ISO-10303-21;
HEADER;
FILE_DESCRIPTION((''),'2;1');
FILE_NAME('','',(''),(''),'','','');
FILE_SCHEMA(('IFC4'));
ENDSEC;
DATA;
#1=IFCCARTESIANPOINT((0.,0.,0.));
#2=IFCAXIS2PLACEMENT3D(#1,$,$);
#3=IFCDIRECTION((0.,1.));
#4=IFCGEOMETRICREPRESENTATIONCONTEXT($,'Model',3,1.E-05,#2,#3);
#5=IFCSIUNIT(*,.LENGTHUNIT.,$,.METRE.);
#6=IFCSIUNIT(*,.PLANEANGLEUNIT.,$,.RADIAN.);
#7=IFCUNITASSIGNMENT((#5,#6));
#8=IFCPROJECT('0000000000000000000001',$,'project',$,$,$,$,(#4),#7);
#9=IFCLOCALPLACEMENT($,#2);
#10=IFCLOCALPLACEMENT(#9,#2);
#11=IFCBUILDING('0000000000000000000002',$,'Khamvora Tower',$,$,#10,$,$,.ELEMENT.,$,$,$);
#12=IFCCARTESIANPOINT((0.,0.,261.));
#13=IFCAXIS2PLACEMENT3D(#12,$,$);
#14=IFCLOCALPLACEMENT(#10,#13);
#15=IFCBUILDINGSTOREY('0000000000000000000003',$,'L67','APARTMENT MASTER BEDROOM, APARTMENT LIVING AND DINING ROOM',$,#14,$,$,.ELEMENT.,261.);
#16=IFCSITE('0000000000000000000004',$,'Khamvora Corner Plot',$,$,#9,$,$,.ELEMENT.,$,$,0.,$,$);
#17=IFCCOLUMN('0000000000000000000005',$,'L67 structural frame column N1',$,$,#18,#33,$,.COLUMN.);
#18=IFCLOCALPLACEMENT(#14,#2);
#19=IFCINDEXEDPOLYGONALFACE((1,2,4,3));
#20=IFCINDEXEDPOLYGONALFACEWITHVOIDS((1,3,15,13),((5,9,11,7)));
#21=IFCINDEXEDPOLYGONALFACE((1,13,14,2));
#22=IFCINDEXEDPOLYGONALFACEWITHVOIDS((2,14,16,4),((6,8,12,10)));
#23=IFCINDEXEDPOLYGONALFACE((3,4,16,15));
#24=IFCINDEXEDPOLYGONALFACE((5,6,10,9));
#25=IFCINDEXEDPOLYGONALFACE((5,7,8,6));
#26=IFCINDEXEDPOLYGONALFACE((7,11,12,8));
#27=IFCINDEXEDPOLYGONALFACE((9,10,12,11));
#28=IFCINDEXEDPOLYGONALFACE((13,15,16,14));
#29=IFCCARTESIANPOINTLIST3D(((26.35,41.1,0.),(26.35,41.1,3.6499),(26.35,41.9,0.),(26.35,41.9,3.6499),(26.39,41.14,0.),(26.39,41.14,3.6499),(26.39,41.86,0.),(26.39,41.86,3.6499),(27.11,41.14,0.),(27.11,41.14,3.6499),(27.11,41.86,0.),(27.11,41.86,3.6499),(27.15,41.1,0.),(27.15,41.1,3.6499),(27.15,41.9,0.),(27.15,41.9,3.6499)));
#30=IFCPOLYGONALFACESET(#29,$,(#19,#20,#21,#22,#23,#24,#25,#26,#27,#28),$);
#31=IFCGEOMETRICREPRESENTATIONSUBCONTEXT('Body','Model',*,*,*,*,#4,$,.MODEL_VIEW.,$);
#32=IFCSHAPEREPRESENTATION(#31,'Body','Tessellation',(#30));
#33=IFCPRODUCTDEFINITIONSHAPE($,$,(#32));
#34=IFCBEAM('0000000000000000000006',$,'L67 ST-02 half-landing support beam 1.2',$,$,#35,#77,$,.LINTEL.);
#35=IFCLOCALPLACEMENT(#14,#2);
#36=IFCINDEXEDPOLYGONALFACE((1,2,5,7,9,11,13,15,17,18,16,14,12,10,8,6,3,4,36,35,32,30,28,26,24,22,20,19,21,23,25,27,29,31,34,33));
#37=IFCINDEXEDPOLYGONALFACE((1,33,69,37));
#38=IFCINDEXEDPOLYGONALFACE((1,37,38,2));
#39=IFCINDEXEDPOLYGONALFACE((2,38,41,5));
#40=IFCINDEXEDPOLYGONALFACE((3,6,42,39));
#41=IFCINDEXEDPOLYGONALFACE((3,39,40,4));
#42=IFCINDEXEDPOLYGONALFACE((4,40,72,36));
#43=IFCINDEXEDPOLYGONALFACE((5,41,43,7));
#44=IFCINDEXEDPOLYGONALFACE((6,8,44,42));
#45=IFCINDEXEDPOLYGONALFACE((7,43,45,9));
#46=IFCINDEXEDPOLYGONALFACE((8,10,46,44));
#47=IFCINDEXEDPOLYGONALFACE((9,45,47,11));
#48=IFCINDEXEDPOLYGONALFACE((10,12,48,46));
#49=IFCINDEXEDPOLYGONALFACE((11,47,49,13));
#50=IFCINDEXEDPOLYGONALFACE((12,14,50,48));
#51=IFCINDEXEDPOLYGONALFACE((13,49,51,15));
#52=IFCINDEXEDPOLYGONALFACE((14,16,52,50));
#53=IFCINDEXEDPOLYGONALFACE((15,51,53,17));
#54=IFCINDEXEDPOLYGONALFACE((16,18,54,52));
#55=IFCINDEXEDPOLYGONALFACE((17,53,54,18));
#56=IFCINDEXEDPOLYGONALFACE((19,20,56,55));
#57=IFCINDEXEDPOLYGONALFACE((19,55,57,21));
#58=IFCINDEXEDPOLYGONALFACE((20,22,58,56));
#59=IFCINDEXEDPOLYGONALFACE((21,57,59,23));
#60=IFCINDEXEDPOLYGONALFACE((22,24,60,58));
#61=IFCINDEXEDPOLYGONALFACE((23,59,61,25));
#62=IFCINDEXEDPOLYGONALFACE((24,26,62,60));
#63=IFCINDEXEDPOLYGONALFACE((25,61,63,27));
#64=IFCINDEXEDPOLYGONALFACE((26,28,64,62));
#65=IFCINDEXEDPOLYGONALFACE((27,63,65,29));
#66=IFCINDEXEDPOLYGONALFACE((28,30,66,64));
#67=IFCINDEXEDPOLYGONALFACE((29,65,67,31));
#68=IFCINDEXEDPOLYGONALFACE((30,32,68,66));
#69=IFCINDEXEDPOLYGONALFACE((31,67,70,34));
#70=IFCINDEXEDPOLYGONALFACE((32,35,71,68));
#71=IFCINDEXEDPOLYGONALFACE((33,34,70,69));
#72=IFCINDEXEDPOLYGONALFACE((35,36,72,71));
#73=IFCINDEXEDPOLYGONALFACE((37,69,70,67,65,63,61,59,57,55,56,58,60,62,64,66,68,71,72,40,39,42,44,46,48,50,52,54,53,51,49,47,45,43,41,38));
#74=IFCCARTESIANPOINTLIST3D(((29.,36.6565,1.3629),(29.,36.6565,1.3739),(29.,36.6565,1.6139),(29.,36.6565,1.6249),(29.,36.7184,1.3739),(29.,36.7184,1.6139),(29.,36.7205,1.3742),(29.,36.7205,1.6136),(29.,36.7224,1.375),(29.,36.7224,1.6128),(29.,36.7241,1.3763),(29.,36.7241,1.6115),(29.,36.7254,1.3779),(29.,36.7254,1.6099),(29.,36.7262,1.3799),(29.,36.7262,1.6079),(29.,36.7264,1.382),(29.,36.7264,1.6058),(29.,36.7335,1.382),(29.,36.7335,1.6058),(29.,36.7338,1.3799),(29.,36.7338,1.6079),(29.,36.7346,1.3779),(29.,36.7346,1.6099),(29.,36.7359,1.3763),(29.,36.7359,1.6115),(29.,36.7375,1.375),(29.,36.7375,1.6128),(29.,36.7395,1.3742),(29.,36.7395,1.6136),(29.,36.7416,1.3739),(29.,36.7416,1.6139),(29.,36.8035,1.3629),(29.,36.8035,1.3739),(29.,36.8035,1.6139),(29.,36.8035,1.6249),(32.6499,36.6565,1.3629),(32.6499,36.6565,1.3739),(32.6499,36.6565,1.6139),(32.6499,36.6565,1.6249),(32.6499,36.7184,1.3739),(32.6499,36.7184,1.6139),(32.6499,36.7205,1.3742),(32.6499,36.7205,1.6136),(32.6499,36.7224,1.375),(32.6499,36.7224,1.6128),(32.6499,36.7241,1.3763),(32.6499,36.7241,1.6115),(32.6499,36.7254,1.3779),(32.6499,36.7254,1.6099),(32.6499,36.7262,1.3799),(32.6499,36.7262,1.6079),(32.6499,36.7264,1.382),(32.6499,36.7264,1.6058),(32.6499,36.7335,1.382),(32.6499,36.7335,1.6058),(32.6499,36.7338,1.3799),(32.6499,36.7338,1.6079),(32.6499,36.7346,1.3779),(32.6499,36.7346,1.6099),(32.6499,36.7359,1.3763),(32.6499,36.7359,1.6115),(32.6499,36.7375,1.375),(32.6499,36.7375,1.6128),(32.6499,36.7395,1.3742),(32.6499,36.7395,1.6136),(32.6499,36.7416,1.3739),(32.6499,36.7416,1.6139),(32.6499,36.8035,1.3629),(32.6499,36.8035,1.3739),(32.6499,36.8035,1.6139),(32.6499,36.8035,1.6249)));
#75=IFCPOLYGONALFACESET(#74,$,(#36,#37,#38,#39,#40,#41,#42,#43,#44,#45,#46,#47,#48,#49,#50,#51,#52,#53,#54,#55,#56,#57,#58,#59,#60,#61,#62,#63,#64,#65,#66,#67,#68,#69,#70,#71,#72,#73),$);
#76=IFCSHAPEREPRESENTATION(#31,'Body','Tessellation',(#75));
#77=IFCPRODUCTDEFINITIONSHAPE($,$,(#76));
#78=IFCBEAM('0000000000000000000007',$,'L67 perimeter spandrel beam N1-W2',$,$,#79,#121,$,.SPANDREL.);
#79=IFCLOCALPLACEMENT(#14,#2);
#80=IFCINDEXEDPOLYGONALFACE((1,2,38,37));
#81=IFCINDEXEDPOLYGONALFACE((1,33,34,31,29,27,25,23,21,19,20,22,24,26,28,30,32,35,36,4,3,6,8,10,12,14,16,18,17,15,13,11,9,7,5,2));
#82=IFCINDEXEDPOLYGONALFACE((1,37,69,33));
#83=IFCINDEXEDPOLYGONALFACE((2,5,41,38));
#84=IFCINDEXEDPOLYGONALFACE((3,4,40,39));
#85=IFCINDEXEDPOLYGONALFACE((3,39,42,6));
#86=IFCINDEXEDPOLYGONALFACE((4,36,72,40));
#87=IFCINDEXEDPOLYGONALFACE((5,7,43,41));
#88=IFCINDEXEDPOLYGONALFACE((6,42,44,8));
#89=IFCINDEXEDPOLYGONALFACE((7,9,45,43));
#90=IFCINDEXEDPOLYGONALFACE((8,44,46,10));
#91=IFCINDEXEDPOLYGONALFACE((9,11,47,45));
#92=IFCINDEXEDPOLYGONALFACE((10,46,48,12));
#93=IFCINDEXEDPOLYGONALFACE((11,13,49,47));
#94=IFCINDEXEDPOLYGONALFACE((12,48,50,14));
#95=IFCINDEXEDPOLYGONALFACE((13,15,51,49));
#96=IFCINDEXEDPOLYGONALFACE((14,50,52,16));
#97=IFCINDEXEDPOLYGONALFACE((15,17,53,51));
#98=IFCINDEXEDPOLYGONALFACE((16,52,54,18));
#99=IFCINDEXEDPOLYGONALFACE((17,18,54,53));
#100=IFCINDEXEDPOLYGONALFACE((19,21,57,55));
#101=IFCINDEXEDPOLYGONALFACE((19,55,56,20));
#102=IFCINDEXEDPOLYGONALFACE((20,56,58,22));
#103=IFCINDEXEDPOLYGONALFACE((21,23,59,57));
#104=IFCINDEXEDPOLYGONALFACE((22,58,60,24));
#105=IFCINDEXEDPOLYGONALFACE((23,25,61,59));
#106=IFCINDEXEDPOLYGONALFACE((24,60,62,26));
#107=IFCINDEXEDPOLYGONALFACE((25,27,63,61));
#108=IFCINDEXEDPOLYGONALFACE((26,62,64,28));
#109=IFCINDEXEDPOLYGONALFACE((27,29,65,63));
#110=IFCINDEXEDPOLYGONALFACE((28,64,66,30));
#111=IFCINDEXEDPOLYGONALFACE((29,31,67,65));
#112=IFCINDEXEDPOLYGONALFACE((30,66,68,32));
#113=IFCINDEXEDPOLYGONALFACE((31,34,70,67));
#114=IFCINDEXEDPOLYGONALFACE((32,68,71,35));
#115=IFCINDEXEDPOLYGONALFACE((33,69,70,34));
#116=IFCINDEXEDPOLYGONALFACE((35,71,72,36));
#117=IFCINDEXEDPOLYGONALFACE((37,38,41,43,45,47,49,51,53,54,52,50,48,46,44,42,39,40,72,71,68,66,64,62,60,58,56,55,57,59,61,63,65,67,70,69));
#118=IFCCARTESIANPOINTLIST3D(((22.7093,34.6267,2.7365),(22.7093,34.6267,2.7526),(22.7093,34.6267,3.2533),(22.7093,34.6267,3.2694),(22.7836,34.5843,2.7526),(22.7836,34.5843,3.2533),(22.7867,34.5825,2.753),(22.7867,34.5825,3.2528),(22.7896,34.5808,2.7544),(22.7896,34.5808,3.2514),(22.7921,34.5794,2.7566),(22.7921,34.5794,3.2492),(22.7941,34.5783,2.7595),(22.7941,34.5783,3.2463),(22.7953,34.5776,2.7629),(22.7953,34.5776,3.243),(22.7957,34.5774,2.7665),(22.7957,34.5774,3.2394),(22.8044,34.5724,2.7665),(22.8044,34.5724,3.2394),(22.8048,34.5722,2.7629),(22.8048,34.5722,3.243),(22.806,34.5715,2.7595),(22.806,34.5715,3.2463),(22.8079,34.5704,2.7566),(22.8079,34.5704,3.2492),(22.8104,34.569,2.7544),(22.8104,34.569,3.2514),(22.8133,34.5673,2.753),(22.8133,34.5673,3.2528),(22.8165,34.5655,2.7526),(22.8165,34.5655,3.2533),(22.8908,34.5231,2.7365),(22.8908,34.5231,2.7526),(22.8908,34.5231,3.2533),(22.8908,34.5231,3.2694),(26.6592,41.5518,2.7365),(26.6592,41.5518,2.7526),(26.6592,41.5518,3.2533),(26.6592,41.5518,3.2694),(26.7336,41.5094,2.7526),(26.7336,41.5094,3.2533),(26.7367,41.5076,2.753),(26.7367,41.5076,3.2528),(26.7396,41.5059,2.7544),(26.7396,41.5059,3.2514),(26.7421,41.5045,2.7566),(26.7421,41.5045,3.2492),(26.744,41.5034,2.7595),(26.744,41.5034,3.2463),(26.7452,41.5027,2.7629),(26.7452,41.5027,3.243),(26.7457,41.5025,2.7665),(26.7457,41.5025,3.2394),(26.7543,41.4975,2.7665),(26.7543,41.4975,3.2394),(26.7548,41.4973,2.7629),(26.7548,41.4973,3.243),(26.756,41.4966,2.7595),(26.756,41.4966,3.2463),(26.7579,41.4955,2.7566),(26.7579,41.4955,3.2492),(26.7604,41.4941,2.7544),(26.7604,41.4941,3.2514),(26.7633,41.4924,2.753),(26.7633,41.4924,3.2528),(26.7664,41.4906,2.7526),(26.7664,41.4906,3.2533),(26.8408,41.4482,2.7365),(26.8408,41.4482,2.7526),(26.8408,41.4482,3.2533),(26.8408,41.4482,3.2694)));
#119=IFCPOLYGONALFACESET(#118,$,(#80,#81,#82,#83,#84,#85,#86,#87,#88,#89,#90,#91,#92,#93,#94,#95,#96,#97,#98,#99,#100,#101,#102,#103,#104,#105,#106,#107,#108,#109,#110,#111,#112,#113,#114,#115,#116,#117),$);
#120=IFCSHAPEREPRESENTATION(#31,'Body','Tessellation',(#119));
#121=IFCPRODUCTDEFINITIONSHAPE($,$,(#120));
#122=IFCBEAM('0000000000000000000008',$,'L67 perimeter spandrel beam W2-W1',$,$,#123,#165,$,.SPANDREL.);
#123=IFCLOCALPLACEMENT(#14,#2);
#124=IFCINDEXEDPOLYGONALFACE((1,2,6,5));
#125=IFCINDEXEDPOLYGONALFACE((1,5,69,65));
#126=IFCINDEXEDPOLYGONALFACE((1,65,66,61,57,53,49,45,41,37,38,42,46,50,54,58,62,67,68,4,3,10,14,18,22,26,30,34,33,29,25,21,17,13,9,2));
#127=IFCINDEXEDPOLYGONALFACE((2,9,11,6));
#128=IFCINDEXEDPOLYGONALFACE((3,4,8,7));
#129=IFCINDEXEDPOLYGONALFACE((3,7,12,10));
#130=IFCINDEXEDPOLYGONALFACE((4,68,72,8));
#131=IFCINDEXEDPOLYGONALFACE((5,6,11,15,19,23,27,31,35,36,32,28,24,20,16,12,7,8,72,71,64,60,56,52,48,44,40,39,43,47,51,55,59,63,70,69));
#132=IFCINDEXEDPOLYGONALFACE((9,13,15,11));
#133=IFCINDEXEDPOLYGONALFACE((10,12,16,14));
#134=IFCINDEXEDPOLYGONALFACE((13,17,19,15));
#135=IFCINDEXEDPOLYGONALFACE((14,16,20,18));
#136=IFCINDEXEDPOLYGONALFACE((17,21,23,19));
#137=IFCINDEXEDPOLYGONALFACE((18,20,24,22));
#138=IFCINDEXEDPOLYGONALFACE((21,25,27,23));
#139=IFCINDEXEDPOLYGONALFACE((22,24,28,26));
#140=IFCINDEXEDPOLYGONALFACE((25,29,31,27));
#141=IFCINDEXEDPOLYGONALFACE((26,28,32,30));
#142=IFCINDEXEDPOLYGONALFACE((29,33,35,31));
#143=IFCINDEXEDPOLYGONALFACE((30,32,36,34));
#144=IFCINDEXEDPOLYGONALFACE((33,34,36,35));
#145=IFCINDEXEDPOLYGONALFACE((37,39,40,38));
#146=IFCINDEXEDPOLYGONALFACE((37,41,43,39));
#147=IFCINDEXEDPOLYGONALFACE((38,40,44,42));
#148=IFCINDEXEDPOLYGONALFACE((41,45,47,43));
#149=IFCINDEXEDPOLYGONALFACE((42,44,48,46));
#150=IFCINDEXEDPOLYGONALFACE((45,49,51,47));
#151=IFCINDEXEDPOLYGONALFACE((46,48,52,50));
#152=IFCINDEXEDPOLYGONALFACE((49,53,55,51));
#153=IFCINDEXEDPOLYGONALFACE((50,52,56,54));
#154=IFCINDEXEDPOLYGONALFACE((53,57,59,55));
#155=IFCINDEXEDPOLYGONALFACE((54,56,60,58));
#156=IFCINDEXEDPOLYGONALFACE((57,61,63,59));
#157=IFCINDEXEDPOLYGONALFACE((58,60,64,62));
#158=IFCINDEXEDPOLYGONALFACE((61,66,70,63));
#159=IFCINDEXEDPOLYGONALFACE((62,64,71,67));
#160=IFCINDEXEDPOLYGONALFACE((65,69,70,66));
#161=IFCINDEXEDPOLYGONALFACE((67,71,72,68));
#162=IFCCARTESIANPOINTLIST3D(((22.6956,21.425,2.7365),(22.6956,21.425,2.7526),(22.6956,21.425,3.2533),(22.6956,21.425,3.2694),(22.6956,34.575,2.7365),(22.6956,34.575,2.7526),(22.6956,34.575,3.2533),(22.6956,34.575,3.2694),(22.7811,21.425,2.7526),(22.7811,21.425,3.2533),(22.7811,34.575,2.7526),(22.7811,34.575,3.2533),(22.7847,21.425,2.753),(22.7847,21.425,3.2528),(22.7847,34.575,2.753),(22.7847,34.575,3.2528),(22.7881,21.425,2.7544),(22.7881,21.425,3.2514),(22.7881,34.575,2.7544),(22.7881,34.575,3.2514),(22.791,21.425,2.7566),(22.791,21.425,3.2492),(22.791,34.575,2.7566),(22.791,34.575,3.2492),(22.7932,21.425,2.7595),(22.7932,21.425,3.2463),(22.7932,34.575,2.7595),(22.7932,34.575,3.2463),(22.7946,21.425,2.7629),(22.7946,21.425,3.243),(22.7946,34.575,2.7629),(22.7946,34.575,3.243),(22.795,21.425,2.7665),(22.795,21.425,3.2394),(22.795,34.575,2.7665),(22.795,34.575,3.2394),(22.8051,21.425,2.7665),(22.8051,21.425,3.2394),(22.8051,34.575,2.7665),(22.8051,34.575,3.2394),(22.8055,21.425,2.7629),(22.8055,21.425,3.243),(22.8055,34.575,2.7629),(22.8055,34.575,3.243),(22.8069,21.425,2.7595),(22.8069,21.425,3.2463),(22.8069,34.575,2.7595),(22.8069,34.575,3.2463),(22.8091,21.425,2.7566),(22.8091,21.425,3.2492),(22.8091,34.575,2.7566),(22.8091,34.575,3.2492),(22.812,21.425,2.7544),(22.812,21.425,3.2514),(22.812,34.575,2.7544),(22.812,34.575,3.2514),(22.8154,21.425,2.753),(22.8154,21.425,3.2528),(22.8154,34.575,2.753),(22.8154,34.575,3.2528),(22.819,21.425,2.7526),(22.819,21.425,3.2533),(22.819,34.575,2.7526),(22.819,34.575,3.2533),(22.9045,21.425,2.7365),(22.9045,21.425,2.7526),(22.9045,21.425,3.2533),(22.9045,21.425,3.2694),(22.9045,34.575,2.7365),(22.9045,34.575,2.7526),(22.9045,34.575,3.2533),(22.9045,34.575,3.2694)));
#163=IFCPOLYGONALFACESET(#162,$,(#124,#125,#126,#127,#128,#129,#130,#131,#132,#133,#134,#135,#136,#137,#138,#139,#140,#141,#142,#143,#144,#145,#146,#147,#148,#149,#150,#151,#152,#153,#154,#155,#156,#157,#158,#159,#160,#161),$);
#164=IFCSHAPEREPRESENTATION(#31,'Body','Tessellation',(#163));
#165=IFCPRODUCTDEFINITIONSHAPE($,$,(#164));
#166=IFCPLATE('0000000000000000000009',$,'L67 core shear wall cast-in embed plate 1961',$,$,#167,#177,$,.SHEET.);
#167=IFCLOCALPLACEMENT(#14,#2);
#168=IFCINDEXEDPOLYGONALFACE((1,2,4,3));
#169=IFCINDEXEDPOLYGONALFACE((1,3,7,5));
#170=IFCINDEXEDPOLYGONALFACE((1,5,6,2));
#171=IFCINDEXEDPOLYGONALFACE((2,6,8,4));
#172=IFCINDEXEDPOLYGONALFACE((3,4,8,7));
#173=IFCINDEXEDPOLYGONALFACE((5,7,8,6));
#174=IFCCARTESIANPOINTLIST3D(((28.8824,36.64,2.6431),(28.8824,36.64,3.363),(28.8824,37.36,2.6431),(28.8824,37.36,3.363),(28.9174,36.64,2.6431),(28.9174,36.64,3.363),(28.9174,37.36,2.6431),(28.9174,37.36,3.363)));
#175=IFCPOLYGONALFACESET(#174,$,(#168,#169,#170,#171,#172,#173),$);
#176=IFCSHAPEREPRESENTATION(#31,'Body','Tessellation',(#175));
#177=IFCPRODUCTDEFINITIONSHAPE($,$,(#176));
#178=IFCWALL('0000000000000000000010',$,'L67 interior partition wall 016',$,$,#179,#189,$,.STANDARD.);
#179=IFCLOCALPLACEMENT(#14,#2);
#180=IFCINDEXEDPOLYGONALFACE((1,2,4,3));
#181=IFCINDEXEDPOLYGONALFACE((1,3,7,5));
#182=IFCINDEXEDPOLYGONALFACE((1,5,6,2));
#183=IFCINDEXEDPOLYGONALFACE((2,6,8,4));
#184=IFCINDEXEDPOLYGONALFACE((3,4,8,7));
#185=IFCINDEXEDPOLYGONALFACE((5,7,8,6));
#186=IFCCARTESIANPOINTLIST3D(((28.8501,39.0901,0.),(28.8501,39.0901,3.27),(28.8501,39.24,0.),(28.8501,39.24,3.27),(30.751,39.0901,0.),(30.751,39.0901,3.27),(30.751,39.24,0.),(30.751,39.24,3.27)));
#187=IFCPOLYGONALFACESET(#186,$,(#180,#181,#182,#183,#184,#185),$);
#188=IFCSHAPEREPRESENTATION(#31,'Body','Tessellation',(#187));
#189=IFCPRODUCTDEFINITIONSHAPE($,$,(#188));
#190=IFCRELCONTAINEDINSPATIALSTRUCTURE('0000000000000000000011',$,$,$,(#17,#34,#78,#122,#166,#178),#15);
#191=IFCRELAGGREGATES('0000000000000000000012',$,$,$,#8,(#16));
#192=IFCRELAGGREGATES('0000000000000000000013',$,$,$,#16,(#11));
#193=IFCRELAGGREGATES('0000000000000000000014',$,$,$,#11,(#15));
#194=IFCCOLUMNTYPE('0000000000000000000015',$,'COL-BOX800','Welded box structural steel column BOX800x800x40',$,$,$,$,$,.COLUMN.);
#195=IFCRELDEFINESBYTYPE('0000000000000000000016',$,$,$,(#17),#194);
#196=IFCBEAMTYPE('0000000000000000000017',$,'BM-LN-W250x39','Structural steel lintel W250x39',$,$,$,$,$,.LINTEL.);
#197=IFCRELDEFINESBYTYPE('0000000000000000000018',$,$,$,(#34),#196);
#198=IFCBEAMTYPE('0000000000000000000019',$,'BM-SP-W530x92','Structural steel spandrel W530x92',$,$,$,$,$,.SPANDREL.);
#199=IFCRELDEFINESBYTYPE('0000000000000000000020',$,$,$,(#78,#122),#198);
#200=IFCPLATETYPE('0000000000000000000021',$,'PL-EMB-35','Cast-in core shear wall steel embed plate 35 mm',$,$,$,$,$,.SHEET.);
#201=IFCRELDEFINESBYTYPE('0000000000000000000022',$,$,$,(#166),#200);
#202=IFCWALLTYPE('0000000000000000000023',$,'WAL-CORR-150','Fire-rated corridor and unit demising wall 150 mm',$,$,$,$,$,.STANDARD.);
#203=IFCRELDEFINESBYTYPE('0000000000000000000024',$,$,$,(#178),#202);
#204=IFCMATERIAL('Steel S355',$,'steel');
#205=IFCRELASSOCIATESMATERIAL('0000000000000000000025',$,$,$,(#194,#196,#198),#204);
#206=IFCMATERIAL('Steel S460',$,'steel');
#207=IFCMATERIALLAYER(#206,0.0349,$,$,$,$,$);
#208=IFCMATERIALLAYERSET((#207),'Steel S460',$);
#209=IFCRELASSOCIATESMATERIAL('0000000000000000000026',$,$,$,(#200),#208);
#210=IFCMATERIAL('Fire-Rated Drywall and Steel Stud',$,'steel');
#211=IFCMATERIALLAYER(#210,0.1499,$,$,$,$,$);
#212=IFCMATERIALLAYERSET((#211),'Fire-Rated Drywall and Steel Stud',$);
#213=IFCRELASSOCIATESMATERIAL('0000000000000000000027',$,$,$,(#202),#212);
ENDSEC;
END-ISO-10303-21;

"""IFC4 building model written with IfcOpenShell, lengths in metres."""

from ifc_helpers import new_model, si_unit, direction, frame, frame_2d, origin, origin_2d, place, context, subcontext, project, spatial, rectangle, hollow_rectangle, i_section, extrude, material, layer, layer_set, material_profile, profile_set, type_object, element, save


model = new_model("IFC4")

# Units and contexts
model_context = context("Model", 3, precision=1e-05, world=origin(), true_north=direction((0.0, 1.0)))
body_context = subcontext(model_context, "Body", "Model", "MODEL_VIEW")
ifc_project = project(units=[si_unit("LENGTHUNIT", "METRE"), si_unit("PLANEANGLEUNIT", "RADIAN")], contexts=[model_context])

# Site, building, storey
site_placement = place(None, origin())
site = spatial("IfcSite", under=ifc_project, at=site_placement, Name="Khamvora Corner Plot", CompositionType="ELEMENT", RefElevation=0.0)
building_placement = place(site_placement, origin())
building = spatial("IfcBuilding", under=site, at=building_placement, Name="Khamvora Tower", CompositionType="ELEMENT")
storey_placement = place(building_placement, frame((0.0, 0.0, 261.0)))
storey = spatial("IfcBuildingStorey", under=building, at=storey_placement, Name="L67", Description="APARTMENT MASTER BEDROOM, APARTMENT LIVING AND DINING ROOM", CompositionType="ELEMENT", Elevation=261.0)

# Column
ifc_material_1 = material(Name="Steel S355", Category="steel")
ifc_material_profile_1 = material_profile(ifc_material_1, hollow_rectangle(XDim=0.8, YDim=0.8, WallThickness=0.04, at=origin_2d()), Name="BOX800x800x40")
ifc_profile_set_1 = profile_set([ifc_material_profile_1], Name="Steel S355")
column_type = type_object("IfcColumnType", Name="COL-BOX800", Description="Welded box structural steel column BOX800x800x40", PredefinedType="COLUMN", material=ifc_profile_set_1)
column_placement = place(storey_placement, frame((26.75, 41.5, 0.0), z_axis=(0.0, 0.0, 1.0), x_axis=(1.0, 0.0, 0.0)))
element("IfcColumn", 1, at=column_placement, inside=storey, type_object=column_type, Name="L67 structural frame column N1", PredefinedType="COLUMN", context=body_context, shape_type="SweptSolid", body=[
    extrude(hollow_rectangle(XDim=0.8, YDim=0.8, WallThickness=0.04, at=origin_2d()), origin(), (0.0, 0.0, 1.0), 3.6499),
])

# Beams
ifc_material_profile_2 = material_profile(ifc_material_1, i_section(OverallWidth=0.147, OverallDepth=0.262, WebThickness=0.0071, FlangeThickness=0.011, FilletRadius=0.0081, at=origin_2d()), Name="W250x39")
ifc_profile_set_2 = profile_set([ifc_material_profile_2], Name="Steel S355")
beam_type_1 = type_object("IfcBeamType", Name="BM-LN-W250x39", Description="Structural steel lintel W250x39", PredefinedType="LINTEL", material=ifc_profile_set_2)
beam_1_placement = place(storey_placement, frame((29.0, 36.73, 1.4939), z_axis=(1.0, 0.0, 0.0), x_axis=(0.0, 1.0, 0.0)))
element("IfcBeam", 2, at=beam_1_placement, inside=storey, type_object=beam_type_1, Name="L67 ST-02 half-landing support beam 1.2", PredefinedType="LINTEL", context=body_context, shape_type="SweptSolid", body=[
    extrude(i_section(OverallWidth=0.147, OverallDepth=0.262, WebThickness=0.0071, FlangeThickness=0.011, FilletRadius=0.0081, at=origin_2d()), origin(), (0.0, 0.0, 1.0), 3.6499),
])
ifc_material_profile_3 = material_profile(ifc_material_1, i_section(OverallWidth=0.209, OverallDepth=0.533, WebThickness=0.01, FlangeThickness=0.0161, FilletRadius=0.0139, at=origin_2d()), Name="W530x92")
ifc_profile_set_3 = profile_set([ifc_material_profile_3], Name="Steel S355")
beam_type_2 = type_object("IfcBeamType", Name="BM-SP-W530x92", Description="Structural steel spandrel W530x92", PredefinedType="SPANDREL", material=ifc_profile_set_3)
beam_2_placement = place(storey_placement, frame((26.75, 41.5, 3.0029), z_axis=(-0.495456, -0.868633, 0.0), x_axis=(0.868633, -0.495456, 0.0)))
element("IfcBeam", 3, at=beam_2_placement, inside=storey, type_object=beam_type_2, Name="L67 perimeter spandrel beam N1-W2", PredefinedType="SPANDREL", context=body_context, shape_type="SweptSolid", body=[
    extrude(i_section(OverallWidth=0.209, OverallDepth=0.533, WebThickness=0.01, FlangeThickness=0.0161, FilletRadius=0.0139, at=origin_2d()), origin(), (0.0, 0.0, 1.0), 7.9724),
])
beam_3_placement = place(storey_placement, frame((22.8, 34.575, 3.0029), z_axis=(0.0, -1.0, 0.0), x_axis=(1.0, 0.0, 0.0)))
element("IfcBeam", 4, at=beam_3_placement, inside=storey, type_object=beam_type_2, Name="L67 perimeter spandrel beam W2-W1", PredefinedType="SPANDREL", context=body_context, shape_type="SweptSolid", body=[
    extrude(i_section(OverallWidth=0.209, OverallDepth=0.533, WebThickness=0.01, FlangeThickness=0.0161, FilletRadius=0.0139, at=origin_2d()), origin(), (0.0, 0.0, 1.0), 13.1499),
])

# Plate
ifc_material_2 = material(Name="Steel S460", Category="steel")
ifc_layer_1 = layer(ifc_material_2, 0.0349)
ifc_layer_set_1 = layer_set([ifc_layer_1], Name="Steel S460")
plate_type = type_object("IfcPlateType", Name="PL-EMB-35", Description="Cast-in core shear wall steel embed plate 35 mm", PredefinedType="SHEET", material=ifc_layer_set_1)
plate_placement = place(storey_placement, frame((28.8999, 37.0, 2.6431), z_axis=(0.0, 0.0, 1.0), x_axis=(1.0, 0.0, 0.0)))
element("IfcPlate", 5, at=plate_placement, inside=storey, type_object=plate_type, Name="L67 core shear wall cast-in embed plate 1961", PredefinedType="SHEET", context=body_context, shape_type="SweptSolid", body=[
    extrude(rectangle(XDim=0.0349, YDim=0.72, at=origin_2d()), origin(), (0.0, 0.0, 1.0), 0.72),
])

# Wall
ifc_material_3 = material(Name="Fire-Rated Drywall and Steel Stud", Category="steel")
ifc_layer_2 = layer(ifc_material_3, 0.1499)
ifc_layer_set_2 = layer_set([ifc_layer_2], Name="Fire-Rated Drywall and Steel Stud")
wall_type_1 = type_object("IfcWallType", Name="WAL-CORR-150", Description="Fire-rated corridor and unit demising wall 150 mm", PredefinedType="STANDARD", material=ifc_layer_set_2)
wall_1_placement = place(storey_placement, frame((28.8501, 39.165, 0.0), z_axis=(0.0, 0.0, 1.0), x_axis=(1.0, 0.0, 0.0)))
element("IfcWall", 6, at=wall_1_placement, inside=storey, type_object=wall_type_1, Name="L67 interior partition wall 016", PredefinedType="STANDARD", context=body_context, shape_type="SweptSolid", body=[
    extrude(rectangle(XDim=1.9009, YDim=0.1499, at=frame_2d((0.9504, 0.0))), origin(), (0.0, 0.0, 1.0), 3.27),
])

save(model, "model.ifc")
